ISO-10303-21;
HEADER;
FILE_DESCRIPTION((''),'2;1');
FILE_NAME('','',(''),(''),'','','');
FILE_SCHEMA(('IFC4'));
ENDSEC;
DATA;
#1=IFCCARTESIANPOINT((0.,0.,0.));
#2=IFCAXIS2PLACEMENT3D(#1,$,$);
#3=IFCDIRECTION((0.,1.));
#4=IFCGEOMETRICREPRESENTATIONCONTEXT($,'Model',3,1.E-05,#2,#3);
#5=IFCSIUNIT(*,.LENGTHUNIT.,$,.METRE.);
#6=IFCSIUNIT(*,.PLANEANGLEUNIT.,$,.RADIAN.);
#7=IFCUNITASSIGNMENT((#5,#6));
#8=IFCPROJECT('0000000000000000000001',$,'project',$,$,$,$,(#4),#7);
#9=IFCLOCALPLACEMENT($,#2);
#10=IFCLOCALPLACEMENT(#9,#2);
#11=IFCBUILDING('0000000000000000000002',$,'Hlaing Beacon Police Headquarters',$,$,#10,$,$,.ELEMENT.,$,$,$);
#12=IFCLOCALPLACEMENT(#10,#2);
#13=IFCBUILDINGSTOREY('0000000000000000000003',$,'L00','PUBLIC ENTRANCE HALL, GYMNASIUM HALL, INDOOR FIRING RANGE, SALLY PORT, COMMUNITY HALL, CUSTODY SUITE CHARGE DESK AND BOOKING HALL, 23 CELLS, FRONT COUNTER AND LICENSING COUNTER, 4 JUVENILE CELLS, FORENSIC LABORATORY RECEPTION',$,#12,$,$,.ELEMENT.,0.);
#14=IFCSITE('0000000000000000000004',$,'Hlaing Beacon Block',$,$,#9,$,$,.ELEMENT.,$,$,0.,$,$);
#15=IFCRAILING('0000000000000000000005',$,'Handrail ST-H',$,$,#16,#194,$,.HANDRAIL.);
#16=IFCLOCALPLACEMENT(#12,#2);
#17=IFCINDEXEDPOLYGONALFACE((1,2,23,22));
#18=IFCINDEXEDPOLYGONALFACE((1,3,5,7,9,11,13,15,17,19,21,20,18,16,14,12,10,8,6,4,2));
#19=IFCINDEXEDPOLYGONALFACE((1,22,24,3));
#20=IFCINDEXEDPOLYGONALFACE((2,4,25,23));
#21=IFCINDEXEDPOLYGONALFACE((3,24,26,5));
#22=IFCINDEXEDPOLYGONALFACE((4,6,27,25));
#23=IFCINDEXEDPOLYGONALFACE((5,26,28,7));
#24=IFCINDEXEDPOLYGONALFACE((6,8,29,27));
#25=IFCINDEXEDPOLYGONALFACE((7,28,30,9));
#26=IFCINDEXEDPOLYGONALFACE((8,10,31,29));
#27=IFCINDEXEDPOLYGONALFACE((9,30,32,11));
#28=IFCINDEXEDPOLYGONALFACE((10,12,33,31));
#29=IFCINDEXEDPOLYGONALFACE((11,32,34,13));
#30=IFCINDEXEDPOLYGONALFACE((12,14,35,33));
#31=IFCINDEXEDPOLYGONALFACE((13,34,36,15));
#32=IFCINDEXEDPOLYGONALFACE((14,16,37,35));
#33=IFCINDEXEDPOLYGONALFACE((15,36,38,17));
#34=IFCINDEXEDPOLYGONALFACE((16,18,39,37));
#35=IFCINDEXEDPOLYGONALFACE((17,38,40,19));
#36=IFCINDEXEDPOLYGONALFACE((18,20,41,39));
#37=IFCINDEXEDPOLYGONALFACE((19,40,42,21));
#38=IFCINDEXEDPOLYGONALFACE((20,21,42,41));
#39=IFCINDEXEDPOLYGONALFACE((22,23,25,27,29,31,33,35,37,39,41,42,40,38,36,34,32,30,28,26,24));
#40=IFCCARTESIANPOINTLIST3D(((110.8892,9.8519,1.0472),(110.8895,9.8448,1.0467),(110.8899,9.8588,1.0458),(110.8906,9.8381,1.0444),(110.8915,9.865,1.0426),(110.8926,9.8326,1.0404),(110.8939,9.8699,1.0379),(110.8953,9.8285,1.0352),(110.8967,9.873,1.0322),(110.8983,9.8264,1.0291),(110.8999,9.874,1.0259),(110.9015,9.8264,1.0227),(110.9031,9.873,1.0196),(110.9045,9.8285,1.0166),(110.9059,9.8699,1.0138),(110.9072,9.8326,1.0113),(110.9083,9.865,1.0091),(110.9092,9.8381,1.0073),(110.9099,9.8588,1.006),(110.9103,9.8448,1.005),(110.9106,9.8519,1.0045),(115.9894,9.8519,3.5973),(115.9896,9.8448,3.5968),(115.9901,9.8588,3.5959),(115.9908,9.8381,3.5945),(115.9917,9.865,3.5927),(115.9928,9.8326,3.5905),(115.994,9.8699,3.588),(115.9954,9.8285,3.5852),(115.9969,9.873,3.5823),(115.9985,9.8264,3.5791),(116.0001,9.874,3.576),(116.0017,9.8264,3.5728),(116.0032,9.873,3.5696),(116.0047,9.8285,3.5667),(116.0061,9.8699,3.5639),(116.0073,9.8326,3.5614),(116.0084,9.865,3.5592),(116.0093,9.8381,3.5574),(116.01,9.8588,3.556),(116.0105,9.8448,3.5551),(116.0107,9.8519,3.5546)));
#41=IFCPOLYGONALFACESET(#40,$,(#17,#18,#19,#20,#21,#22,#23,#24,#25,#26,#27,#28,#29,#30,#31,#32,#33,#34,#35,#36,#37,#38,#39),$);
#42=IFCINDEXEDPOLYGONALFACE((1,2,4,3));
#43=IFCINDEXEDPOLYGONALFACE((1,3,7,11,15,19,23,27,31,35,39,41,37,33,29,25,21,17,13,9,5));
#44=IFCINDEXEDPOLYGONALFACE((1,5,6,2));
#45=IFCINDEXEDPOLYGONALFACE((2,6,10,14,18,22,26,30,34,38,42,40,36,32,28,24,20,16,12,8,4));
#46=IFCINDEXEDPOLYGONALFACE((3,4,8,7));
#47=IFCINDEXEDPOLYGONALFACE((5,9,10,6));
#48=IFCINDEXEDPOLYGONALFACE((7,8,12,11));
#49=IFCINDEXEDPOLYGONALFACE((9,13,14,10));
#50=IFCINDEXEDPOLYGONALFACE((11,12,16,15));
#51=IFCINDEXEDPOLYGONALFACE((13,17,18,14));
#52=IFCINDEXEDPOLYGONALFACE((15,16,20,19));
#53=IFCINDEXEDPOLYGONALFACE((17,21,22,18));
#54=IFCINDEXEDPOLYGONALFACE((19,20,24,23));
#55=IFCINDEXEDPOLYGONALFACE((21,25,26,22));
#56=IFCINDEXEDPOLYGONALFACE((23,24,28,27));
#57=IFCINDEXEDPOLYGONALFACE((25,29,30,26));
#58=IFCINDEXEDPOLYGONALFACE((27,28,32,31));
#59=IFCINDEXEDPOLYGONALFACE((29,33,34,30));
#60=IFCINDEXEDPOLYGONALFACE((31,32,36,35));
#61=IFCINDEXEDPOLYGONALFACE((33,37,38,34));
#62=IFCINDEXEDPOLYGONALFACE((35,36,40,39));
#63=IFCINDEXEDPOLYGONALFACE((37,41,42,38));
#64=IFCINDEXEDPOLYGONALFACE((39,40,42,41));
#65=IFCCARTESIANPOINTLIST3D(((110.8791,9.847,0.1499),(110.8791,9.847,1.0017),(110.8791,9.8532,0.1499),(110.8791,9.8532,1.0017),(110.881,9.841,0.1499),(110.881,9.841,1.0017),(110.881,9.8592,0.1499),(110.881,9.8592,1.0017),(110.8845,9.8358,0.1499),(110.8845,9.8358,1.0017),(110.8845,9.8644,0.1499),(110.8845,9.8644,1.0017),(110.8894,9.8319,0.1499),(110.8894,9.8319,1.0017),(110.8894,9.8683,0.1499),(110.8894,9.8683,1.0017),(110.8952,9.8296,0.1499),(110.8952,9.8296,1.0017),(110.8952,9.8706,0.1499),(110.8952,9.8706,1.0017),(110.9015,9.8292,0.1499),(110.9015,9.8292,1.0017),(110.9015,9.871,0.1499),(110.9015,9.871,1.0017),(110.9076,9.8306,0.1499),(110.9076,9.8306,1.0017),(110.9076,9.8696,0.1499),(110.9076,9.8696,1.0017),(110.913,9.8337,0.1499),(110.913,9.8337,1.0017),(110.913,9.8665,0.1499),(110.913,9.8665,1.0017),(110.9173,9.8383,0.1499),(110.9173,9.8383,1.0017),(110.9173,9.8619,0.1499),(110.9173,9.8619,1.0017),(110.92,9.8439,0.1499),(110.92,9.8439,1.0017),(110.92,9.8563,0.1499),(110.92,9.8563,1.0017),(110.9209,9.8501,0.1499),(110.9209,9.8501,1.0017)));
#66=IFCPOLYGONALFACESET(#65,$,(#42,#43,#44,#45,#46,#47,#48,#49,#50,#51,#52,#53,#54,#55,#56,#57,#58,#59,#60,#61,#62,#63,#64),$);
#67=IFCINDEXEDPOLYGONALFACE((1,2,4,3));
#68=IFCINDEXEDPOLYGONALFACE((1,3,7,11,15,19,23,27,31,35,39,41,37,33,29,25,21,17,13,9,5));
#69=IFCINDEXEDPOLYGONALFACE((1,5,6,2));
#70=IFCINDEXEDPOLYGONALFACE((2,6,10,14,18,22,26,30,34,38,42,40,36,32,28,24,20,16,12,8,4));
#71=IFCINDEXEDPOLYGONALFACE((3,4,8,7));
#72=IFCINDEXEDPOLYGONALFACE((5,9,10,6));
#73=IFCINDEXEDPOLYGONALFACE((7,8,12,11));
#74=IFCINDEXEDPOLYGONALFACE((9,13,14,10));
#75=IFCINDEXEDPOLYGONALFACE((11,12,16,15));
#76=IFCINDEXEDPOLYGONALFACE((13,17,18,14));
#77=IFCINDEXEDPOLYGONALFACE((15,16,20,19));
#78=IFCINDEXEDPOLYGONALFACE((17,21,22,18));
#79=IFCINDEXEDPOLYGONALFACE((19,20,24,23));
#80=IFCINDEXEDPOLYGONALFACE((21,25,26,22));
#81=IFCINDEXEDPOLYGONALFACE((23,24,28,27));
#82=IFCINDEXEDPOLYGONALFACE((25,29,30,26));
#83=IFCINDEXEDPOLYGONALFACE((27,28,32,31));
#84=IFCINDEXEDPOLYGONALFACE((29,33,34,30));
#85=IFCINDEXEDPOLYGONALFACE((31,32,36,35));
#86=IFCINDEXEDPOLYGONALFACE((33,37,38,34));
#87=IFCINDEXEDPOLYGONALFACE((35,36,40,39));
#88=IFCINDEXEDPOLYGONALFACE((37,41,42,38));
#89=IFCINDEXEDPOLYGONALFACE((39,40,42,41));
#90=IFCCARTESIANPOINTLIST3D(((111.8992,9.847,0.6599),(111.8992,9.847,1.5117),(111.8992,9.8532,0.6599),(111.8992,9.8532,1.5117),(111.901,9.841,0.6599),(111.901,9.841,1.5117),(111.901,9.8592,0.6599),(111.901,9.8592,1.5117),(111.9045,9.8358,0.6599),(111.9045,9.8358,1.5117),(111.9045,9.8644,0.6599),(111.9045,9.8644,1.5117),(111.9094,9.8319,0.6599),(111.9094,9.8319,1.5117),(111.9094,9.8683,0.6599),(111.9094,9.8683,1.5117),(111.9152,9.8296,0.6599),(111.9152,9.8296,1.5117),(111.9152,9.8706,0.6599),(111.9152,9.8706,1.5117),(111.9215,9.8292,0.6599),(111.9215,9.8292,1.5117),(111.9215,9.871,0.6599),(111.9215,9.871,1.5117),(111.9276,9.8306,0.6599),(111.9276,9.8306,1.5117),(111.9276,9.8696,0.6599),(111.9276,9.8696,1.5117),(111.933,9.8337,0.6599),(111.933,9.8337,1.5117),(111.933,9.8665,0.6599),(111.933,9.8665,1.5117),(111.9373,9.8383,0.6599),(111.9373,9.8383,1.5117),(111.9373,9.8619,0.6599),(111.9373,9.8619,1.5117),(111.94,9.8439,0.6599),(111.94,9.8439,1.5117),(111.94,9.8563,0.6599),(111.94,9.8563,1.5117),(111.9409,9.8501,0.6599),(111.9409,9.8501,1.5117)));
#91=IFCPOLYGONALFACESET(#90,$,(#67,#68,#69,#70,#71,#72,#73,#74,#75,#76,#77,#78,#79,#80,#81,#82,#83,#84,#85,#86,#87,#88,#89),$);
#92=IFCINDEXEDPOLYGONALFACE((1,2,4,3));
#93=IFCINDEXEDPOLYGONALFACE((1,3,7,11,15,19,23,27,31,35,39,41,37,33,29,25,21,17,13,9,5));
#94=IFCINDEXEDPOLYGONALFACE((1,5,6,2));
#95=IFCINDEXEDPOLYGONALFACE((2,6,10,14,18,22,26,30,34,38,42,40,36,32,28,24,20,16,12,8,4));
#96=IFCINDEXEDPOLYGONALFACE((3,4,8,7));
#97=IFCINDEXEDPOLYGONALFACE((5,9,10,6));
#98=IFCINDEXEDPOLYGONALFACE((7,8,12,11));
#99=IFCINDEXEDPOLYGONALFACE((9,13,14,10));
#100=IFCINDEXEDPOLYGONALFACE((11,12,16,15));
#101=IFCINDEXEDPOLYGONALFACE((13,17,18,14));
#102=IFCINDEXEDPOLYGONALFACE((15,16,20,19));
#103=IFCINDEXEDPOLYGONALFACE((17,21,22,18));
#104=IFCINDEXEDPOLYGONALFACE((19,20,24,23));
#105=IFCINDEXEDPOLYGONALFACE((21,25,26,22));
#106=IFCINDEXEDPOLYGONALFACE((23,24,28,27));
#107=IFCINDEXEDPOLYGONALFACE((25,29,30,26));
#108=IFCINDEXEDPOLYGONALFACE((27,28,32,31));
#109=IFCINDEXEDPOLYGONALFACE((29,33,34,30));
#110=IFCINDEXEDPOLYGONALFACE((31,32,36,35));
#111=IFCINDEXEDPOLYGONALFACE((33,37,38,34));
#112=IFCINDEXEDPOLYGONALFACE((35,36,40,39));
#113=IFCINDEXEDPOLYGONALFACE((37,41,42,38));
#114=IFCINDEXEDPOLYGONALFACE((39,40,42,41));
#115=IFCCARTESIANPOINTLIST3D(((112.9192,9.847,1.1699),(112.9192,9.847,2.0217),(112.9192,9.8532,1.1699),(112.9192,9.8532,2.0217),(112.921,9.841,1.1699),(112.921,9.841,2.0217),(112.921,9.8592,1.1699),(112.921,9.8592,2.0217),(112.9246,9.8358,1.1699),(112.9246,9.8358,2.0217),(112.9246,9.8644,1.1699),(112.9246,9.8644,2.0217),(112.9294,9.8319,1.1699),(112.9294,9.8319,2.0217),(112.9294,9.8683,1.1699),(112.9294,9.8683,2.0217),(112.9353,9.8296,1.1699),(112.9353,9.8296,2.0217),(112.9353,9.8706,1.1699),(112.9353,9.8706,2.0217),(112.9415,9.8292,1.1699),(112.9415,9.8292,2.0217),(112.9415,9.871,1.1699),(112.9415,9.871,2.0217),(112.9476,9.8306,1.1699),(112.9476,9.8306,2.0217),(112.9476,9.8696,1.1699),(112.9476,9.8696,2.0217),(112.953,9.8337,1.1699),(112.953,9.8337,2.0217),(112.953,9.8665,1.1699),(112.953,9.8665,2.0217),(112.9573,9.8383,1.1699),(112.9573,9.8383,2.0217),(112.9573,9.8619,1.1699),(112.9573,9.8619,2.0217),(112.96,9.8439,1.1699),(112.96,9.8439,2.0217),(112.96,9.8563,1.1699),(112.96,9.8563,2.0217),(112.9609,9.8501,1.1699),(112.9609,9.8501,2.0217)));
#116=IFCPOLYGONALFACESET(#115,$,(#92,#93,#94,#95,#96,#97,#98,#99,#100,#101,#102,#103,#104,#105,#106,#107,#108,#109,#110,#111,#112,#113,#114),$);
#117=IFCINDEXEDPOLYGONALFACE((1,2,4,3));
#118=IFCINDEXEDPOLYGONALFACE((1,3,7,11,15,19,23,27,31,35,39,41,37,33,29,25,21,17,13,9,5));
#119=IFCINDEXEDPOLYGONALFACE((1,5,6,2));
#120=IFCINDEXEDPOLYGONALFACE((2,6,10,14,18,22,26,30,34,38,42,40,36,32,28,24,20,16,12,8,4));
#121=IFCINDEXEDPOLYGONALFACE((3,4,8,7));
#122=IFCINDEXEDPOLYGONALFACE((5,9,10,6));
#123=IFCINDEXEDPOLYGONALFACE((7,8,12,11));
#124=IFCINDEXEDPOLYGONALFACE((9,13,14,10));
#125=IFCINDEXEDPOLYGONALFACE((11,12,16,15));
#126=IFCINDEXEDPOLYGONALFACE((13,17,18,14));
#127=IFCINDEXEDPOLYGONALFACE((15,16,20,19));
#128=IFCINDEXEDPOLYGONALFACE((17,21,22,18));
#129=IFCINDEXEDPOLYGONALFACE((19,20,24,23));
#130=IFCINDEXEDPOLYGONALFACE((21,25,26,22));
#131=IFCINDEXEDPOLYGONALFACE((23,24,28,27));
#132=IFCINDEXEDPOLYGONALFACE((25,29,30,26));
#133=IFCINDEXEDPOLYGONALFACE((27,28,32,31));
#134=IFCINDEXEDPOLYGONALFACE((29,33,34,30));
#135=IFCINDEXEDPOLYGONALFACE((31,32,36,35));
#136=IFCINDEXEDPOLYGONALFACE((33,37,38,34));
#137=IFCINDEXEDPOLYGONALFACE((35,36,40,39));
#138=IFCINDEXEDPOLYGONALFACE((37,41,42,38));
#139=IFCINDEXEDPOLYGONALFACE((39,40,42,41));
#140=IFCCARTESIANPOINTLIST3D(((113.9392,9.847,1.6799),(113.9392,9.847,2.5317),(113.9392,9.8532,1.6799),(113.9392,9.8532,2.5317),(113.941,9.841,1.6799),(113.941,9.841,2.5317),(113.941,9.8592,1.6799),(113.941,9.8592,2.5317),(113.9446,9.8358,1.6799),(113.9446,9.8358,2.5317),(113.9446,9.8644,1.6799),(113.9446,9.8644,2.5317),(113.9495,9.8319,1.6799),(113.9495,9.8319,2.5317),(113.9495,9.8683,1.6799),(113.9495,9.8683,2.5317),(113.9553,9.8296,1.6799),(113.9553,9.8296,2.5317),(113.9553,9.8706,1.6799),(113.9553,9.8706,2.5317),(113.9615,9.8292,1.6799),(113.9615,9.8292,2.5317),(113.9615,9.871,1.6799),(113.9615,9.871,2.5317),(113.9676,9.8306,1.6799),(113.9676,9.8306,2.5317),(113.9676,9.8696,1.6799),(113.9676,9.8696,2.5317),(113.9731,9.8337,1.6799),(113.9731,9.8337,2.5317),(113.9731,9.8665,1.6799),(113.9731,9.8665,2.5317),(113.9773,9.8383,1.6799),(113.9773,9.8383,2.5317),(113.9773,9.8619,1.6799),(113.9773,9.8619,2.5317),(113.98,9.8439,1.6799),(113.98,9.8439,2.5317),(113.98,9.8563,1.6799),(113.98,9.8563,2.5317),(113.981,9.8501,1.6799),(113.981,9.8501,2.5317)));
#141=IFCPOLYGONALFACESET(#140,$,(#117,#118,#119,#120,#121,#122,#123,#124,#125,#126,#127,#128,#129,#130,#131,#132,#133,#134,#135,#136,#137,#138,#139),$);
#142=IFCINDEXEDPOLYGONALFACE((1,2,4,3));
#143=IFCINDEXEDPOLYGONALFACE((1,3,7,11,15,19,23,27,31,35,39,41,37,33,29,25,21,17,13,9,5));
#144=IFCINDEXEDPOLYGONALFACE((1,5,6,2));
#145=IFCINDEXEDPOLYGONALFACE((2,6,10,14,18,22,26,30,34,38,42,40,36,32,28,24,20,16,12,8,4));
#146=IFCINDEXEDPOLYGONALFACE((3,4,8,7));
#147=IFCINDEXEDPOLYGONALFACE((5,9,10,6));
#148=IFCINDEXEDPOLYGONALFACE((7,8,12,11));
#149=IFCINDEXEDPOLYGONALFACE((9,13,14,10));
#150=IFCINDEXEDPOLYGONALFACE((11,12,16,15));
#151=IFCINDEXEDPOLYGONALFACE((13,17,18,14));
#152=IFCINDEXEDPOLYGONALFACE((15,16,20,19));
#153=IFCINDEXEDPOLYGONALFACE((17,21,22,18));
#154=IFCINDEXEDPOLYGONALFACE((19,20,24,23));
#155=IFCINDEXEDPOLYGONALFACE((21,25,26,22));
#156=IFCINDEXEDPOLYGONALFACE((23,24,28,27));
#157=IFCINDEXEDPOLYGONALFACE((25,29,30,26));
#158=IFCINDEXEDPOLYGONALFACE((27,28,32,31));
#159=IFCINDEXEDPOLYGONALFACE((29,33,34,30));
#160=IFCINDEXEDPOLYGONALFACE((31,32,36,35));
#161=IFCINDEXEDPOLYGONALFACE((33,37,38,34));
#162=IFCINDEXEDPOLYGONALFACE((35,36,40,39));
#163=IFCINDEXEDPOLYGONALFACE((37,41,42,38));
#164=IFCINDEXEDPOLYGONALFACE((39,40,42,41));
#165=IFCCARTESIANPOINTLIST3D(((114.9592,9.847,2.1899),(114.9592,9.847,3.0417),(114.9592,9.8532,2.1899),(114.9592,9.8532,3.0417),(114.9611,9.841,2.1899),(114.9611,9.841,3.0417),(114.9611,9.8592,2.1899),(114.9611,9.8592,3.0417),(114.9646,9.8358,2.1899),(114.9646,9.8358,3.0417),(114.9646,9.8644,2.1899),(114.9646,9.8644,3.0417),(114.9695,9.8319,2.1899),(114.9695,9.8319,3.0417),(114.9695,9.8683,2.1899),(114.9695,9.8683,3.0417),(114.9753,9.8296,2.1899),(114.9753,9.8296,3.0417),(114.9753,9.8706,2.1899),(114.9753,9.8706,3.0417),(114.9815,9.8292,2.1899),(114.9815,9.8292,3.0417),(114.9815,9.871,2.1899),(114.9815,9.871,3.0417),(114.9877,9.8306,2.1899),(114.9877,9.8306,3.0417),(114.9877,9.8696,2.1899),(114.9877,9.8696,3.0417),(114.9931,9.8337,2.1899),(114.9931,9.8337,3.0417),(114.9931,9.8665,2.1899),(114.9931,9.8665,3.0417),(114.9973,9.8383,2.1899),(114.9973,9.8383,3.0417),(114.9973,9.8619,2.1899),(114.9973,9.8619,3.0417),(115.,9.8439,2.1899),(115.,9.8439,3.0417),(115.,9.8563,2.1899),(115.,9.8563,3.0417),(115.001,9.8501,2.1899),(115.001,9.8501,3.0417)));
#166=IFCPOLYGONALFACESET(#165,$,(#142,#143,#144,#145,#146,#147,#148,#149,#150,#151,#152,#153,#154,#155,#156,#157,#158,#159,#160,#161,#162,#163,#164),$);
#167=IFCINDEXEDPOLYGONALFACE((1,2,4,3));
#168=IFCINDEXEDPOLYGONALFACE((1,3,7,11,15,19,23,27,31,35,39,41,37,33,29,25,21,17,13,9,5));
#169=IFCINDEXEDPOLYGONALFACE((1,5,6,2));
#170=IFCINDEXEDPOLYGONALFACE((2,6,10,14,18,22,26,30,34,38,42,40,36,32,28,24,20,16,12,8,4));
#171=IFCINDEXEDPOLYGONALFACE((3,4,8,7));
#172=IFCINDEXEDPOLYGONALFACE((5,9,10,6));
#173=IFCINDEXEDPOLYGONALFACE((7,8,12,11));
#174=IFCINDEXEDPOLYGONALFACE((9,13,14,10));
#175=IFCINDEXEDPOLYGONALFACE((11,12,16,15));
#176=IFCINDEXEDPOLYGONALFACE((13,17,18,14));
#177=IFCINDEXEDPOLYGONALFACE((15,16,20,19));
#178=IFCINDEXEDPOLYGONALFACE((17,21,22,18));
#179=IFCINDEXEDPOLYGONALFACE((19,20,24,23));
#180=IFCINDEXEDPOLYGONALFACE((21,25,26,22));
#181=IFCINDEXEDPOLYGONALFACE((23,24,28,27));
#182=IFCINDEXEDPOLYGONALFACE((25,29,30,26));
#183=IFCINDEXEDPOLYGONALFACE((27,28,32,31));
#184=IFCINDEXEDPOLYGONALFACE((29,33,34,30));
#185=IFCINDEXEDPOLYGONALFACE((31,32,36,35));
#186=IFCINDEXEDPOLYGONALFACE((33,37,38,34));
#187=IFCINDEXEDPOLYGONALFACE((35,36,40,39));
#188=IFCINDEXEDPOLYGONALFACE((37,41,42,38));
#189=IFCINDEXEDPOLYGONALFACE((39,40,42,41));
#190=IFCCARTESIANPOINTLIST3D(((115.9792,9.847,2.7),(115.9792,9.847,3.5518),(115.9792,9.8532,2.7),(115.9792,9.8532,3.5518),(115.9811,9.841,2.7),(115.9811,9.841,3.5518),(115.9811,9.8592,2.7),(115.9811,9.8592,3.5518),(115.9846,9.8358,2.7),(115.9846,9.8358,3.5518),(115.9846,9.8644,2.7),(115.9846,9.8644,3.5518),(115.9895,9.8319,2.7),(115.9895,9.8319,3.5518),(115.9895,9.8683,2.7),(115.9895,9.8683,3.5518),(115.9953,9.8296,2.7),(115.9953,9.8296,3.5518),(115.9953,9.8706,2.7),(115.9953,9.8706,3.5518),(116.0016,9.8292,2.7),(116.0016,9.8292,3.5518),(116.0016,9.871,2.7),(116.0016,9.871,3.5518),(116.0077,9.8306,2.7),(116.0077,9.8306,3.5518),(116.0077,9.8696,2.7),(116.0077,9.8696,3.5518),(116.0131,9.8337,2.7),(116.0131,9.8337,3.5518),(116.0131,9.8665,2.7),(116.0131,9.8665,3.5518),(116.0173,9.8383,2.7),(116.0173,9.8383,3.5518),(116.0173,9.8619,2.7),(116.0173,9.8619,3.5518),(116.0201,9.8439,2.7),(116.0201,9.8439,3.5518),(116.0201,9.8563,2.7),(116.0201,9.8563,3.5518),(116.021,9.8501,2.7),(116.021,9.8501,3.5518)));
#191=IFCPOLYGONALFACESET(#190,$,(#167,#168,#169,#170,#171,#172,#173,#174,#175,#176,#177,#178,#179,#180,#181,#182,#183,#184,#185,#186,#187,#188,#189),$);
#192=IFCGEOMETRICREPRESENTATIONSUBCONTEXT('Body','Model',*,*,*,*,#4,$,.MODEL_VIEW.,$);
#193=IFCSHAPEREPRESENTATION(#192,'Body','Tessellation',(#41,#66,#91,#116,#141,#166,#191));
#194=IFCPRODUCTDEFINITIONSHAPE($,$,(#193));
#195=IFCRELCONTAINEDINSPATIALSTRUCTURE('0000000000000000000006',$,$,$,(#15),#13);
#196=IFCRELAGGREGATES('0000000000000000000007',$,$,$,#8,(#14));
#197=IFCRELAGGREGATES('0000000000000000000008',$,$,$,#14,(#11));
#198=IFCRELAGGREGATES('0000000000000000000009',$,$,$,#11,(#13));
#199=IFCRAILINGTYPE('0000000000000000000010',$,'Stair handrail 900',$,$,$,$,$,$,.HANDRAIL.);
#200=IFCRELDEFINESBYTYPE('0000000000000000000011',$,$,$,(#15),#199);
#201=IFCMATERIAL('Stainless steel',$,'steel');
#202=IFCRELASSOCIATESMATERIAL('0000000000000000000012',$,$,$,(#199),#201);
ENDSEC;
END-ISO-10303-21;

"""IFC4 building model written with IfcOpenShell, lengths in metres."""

from ifc_helpers import new_model, si_unit, direction, frame, origin, origin_2d, place, context, subcontext, project, spatial, circle, extrude, material, type_object, element, save


model = new_model("IFC4")

# Units and contexts
model_context = context("Model", 3, precision=1e-05, world=origin(), true_north=direction((0.0, 1.0)))
body_context = subcontext(model_context, "Body", "Model", "MODEL_VIEW")
ifc_project = project(units=[si_unit("LENGTHUNIT", "METRE"), si_unit("PLANEANGLEUNIT", "RADIAN")], contexts=[model_context])

# Site, building, storey
site_placement = place(None, origin())
site = spatial("IfcSite", under=ifc_project, at=site_placement, Name="Hlaing Beacon Block", CompositionType="ELEMENT", RefElevation=0.0)
building_placement = place(site_placement, origin())
building = spatial("IfcBuilding", under=site, at=building_placement, Name="Hlaing Beacon Police Headquarters", CompositionType="ELEMENT")
storey_placement = place(building_placement, origin())
storey = spatial("IfcBuildingStorey", under=building, at=storey_placement, Name="L00", Description="PUBLIC ENTRANCE HALL, GYMNASIUM HALL, INDOOR FIRING RANGE, SALLY PORT, COMMUNITY HALL, CUSTODY SUITE CHARGE DESK AND BOOKING HALL, 23 CELLS, FRONT COUNTER AND LICENSING COUNTER, 4 JUVENILE CELLS, FORENSIC LABORATORY RECEPTION", CompositionType="ELEMENT", Elevation=0.0)

# Railing
ifc_material_1 = material(Name="Stainless steel", Category="steel")
railing_type = type_object("IfcRailingType", Name="Stair handrail 900", PredefinedType="HANDRAIL", material=ifc_material_1)
railing_placement = place(storey_placement, frame((110.8999, 9.8501, 0.1499)))
element("IfcRailing", 1, at=railing_placement, inside=storey, type_object=railing_type, Name="Handrail ST-H", PredefinedType="HANDRAIL", context=body_context, shape_type="SweptSolid", body=[
    extrude(circle(Radius=0.0239, at=origin_2d()), frame((0.0, 0.0, 0.876), z_axis=(0.894427, 0.0, 0.447214), x_axis=(0.0, 1.0, 0.0)), (0.0, 0.0, 1.0), 5.7021),
    extrude(circle(Radius=0.021, at=origin_2d()), origin(), (0.0, 0.0, 1.0), 0.8518),
    extrude(circle(Radius=0.021, at=origin_2d()), frame((1.02, 0.0, 0.51)), (0.0, 0.0, 1.0), 0.8518),
    extrude(circle(Radius=0.021, at=origin_2d()), frame((2.04, 0.0, 1.02)), (0.0, 0.0, 1.0), 0.8518),
    extrude(circle(Radius=0.021, at=origin_2d()), frame((3.0601, 0.0, 1.53)), (0.0, 0.0, 1.0), 0.8518),
    extrude(circle(Radius=0.021, at=origin_2d()), frame((4.0801, 0.0, 2.04)), (0.0, 0.0, 1.0), 0.8518),
    extrude(circle(Radius=0.021, at=origin_2d()), frame((5.1001, 0.0, 2.55)), (0.0, 0.0, 1.0), 0.8518),
])

save(model, "model.ifc")
